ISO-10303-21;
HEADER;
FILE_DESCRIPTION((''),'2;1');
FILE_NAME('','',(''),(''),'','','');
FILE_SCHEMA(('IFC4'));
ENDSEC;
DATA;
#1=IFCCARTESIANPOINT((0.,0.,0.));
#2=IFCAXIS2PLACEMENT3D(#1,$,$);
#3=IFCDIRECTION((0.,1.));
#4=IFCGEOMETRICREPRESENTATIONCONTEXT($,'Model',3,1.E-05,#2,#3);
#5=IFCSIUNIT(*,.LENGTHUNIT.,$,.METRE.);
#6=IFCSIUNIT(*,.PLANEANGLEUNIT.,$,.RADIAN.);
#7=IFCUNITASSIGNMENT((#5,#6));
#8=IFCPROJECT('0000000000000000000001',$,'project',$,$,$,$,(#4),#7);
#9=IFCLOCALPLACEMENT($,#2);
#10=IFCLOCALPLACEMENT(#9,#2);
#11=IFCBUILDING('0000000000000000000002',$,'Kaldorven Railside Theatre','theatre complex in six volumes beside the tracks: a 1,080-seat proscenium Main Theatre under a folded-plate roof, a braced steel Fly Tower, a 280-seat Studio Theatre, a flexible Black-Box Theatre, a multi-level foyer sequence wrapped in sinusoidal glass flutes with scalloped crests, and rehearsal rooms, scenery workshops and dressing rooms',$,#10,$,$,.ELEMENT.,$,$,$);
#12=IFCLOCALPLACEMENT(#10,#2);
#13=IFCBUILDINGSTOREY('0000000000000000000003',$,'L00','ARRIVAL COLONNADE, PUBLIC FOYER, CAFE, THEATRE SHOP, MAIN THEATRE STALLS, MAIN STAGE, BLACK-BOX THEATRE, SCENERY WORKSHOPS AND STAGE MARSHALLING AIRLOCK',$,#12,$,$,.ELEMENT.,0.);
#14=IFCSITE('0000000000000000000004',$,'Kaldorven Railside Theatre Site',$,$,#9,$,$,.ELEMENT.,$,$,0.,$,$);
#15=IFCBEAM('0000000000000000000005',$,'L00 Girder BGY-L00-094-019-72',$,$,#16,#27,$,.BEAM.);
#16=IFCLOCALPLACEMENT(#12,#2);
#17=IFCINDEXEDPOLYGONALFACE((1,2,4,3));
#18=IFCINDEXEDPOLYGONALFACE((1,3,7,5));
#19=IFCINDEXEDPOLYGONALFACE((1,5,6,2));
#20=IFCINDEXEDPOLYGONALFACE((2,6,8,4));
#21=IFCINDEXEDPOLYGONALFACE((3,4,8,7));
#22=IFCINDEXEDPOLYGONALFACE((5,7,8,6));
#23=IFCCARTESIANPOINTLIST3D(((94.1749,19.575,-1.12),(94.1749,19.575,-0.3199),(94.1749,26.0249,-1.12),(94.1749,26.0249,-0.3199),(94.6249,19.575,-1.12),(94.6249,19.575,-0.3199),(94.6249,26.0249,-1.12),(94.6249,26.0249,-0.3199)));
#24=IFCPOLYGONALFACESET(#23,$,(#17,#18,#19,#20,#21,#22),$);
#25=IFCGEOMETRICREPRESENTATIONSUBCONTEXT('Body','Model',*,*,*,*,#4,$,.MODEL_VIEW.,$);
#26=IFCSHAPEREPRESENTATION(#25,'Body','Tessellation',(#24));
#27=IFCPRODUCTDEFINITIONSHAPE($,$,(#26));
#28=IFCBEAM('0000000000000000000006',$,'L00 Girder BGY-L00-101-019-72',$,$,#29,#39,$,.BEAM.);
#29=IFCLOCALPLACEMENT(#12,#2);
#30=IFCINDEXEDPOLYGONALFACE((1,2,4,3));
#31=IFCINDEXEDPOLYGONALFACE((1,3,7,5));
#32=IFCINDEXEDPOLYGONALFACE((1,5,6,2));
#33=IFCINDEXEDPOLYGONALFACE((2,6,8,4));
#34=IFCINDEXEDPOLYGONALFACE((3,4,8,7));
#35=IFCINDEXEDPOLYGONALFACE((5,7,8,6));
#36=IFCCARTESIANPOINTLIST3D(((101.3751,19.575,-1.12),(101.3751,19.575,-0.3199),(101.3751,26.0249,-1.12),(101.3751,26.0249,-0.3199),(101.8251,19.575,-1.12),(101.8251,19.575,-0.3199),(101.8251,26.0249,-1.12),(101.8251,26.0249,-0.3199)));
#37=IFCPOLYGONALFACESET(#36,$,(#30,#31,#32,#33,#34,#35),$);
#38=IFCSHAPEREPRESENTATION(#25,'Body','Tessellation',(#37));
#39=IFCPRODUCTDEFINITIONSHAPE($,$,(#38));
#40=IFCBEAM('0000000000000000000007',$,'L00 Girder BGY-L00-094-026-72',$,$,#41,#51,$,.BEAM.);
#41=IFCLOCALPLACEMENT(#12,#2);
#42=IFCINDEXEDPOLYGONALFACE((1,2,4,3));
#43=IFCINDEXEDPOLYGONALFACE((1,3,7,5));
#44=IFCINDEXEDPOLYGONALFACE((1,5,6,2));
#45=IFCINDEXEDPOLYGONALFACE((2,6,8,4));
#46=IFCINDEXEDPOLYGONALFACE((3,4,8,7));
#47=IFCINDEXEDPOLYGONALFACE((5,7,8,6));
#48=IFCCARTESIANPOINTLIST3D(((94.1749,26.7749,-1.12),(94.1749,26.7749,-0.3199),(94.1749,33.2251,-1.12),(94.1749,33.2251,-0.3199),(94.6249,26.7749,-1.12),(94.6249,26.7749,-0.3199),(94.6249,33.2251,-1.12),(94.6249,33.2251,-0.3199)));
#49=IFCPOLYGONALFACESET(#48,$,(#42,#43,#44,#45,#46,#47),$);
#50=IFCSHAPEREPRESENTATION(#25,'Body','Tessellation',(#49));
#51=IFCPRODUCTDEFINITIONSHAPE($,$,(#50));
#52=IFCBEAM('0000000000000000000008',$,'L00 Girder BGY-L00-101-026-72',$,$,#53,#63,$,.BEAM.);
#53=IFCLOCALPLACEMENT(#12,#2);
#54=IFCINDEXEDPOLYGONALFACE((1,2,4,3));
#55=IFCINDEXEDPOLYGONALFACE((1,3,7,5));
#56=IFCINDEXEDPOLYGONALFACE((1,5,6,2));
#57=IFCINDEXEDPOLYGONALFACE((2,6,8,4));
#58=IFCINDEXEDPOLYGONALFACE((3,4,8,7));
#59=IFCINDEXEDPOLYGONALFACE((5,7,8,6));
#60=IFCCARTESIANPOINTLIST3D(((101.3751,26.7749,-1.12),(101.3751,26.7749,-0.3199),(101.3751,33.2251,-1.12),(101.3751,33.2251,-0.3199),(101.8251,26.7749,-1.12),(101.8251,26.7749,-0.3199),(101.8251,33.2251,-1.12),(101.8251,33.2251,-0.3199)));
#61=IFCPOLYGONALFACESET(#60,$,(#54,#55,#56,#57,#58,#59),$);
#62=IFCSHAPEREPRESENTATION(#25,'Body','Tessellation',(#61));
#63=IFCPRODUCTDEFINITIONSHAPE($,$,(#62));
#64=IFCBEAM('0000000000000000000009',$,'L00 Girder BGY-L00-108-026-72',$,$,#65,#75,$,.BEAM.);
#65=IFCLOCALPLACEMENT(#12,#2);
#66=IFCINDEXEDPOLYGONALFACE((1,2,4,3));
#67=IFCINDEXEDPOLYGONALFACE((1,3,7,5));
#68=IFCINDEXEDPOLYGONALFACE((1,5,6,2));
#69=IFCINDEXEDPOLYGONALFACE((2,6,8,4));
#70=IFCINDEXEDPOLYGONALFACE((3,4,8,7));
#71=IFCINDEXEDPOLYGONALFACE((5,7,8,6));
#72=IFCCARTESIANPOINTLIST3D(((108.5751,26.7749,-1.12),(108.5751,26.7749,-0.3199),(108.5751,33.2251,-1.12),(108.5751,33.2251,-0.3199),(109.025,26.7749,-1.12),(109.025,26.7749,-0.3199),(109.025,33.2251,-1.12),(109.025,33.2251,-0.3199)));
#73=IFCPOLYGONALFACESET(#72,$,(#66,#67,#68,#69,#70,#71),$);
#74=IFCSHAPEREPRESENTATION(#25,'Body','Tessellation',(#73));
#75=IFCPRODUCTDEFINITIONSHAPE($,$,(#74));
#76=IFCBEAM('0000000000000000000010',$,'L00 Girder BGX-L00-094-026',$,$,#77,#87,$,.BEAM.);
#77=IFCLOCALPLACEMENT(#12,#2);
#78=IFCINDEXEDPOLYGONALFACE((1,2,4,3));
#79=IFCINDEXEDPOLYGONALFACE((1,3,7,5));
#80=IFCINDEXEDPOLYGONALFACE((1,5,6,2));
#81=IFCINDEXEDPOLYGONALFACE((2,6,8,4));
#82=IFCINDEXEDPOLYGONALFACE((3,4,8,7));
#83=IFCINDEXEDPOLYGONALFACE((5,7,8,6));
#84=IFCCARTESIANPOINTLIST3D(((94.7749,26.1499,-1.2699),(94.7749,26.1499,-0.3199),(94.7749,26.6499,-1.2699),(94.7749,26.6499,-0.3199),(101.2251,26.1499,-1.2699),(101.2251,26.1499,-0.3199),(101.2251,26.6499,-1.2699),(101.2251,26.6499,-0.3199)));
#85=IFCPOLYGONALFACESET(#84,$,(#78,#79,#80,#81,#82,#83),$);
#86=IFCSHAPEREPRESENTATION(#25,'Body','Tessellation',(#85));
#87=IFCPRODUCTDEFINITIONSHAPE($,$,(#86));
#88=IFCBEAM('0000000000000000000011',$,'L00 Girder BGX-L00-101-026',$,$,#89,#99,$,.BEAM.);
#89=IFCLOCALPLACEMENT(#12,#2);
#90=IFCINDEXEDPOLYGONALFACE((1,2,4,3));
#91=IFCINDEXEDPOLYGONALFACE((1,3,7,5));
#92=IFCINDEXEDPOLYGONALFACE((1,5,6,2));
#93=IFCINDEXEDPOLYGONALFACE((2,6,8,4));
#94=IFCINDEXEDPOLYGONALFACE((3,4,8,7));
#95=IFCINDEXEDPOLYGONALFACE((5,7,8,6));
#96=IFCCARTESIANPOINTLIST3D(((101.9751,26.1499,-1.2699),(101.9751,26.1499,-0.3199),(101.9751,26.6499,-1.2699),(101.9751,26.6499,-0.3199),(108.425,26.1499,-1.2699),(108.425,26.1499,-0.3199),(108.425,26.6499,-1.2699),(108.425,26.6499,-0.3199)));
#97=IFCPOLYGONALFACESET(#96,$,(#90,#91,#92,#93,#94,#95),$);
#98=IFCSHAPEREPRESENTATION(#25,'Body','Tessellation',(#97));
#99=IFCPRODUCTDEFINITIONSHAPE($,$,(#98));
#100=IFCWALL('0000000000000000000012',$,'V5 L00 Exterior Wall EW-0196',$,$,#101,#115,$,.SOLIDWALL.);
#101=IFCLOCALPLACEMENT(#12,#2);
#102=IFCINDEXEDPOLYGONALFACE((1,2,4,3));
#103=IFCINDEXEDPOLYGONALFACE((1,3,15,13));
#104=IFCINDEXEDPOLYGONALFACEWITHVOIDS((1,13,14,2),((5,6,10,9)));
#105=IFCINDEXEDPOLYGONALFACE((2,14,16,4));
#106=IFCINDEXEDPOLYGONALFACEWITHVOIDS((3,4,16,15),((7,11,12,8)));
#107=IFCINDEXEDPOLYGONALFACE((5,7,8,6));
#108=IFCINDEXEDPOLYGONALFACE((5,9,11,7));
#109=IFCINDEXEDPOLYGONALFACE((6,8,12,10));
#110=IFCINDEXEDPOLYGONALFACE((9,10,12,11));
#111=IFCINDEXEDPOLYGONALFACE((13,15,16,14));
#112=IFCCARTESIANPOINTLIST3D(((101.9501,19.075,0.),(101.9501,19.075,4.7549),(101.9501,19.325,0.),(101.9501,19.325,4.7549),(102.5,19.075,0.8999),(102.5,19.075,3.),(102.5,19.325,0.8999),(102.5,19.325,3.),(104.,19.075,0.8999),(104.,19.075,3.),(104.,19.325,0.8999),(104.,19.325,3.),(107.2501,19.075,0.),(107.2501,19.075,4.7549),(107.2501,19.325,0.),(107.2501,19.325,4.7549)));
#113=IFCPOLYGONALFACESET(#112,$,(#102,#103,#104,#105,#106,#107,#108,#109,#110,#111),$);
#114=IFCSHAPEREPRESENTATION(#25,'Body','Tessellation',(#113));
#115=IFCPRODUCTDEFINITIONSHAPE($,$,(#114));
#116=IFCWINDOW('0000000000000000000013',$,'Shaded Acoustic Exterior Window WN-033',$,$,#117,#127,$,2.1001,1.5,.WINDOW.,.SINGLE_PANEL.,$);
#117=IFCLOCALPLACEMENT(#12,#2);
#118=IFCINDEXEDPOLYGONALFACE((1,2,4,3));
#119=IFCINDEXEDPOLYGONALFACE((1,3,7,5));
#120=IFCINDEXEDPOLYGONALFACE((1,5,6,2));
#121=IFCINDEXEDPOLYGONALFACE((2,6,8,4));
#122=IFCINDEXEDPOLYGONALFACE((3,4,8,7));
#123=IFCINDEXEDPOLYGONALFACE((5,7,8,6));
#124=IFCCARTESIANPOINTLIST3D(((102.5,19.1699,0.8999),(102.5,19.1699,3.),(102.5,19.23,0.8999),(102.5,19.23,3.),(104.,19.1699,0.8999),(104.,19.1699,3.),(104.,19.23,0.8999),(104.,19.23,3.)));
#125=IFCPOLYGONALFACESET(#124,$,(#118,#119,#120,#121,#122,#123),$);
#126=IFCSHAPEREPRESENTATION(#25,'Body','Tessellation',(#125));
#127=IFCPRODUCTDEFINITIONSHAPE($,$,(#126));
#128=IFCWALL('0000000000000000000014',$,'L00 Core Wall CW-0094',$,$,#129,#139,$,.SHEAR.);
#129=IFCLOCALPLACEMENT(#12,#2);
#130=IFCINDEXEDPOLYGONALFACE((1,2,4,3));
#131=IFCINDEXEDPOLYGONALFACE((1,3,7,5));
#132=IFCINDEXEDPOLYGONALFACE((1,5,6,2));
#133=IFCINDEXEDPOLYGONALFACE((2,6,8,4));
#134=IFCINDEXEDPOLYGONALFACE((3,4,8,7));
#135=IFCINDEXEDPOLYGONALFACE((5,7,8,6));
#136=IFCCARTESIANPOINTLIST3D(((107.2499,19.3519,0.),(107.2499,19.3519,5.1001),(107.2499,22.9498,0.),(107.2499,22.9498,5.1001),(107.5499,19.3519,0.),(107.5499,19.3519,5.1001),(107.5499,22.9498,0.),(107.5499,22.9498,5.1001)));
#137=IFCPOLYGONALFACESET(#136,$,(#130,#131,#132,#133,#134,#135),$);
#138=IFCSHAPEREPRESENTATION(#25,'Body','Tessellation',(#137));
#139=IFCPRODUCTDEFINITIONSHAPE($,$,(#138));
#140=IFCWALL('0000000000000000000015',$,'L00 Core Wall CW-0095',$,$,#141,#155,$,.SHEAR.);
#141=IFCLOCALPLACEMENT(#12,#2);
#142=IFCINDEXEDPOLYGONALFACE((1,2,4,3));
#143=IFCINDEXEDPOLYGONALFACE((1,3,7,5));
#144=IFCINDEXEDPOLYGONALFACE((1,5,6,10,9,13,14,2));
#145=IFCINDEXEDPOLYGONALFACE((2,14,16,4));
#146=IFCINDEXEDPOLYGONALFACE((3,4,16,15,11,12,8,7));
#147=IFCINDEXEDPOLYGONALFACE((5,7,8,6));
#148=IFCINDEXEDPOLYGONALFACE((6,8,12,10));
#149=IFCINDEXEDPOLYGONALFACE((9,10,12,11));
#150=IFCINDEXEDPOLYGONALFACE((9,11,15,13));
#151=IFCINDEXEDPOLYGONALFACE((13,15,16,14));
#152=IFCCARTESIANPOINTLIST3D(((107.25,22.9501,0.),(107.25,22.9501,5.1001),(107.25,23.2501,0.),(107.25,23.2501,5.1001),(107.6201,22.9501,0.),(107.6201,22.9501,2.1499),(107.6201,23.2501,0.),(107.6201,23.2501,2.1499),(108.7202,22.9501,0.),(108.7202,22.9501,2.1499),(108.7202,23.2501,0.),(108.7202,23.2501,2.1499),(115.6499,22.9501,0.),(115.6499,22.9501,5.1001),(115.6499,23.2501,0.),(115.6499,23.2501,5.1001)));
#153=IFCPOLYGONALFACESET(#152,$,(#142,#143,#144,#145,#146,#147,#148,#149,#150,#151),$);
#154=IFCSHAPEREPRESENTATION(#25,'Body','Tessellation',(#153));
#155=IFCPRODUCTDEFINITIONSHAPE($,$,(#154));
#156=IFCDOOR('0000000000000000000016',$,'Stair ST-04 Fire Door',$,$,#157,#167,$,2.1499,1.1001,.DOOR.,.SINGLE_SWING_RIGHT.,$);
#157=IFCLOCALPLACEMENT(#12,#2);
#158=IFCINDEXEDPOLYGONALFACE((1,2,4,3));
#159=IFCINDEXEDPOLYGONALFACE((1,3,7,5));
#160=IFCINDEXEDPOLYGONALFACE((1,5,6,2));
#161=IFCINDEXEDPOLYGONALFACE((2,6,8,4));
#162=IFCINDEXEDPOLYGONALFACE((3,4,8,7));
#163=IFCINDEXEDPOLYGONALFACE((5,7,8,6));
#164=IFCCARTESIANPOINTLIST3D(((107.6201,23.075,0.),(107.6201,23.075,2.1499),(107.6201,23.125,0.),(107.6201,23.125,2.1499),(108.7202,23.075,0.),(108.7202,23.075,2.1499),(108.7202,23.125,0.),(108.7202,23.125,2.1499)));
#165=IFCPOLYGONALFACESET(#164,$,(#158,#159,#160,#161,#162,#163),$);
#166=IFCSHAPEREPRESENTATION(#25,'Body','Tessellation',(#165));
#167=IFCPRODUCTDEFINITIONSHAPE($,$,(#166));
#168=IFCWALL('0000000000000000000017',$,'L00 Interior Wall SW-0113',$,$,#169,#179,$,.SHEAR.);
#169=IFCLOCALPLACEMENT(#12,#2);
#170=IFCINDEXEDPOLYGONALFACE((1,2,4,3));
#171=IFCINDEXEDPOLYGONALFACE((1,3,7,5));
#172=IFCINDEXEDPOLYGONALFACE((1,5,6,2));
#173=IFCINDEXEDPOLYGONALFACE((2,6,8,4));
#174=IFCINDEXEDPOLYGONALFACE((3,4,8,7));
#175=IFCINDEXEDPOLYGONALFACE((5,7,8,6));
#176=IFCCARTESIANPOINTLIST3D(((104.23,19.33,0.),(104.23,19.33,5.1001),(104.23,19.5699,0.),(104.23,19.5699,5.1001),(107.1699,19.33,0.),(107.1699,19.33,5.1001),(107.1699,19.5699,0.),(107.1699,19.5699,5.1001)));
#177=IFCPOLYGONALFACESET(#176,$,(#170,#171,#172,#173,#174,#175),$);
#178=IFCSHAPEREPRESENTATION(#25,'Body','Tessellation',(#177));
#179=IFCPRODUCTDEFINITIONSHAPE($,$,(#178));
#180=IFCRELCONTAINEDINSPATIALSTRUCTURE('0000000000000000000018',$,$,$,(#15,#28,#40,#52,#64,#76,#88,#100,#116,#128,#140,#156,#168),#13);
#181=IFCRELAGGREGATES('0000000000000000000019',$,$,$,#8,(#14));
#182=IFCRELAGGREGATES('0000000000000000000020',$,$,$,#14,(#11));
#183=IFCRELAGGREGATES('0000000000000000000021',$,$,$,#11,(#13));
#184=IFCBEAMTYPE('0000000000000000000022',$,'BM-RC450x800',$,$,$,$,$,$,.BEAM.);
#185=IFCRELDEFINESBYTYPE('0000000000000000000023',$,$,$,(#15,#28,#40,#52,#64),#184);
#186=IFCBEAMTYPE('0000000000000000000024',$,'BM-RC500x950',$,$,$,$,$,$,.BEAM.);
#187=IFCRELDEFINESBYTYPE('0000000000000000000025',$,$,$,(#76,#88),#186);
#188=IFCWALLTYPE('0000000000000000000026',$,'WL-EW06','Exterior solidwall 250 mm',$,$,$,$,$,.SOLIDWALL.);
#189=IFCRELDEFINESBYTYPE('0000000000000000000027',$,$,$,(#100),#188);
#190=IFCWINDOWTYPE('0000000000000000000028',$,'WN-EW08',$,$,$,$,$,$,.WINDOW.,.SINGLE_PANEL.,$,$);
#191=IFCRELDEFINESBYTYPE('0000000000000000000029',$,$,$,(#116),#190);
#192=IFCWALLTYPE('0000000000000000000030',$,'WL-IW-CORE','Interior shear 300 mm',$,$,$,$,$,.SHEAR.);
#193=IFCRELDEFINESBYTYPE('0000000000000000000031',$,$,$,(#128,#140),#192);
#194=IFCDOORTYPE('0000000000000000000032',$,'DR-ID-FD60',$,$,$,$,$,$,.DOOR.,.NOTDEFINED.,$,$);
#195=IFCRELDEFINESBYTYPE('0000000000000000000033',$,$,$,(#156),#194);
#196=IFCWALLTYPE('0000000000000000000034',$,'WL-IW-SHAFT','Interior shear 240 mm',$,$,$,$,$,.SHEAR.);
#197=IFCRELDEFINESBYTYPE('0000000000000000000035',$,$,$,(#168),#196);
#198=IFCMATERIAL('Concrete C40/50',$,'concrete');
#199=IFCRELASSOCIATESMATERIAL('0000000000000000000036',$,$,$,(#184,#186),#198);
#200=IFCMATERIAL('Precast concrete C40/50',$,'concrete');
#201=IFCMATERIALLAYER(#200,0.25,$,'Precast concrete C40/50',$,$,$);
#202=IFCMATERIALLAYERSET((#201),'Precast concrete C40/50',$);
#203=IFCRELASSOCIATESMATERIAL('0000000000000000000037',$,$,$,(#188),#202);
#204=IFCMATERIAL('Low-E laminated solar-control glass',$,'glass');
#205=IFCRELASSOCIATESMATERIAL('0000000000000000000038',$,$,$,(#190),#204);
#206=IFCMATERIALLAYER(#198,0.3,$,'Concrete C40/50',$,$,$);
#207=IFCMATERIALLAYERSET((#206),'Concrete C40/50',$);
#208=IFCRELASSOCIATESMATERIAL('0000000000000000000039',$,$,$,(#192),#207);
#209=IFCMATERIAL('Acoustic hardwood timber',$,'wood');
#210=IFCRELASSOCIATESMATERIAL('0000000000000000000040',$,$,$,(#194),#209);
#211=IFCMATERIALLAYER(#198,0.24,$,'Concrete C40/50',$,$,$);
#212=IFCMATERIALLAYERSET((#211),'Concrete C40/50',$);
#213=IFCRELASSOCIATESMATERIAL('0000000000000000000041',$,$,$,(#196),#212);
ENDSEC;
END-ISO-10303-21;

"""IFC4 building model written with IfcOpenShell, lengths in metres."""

from ifc_helpers import new_model, si_unit, direction, frame, frame_2d, origin, origin_2d, place, context, subcontext, project, spatial, rectangle, extrude, material, layer, layer_set, material_profile, profile_set, type_object, element, fill, save


model = new_model("IFC4")

# Units and contexts
model_context = context("Model", 3, precision=1e-05, world=origin(), true_north=direction((0.0, 1.0)))
body_context = subcontext(model_context, "Body", "Model", "MODEL_VIEW")
ifc_project = project(units=[si_unit("LENGTHUNIT", "METRE"), si_unit("PLANEANGLEUNIT", "RADIAN")], contexts=[model_context])

# Site, building, storey
site_placement = place(None, origin())
site = spatial("IfcSite", under=ifc_project, at=site_placement, Name="Kaldorven Railside Theatre Site", CompositionType="ELEMENT", RefElevation=0.0)
building_placement = place(site_placement, origin())
building = spatial("IfcBuilding", under=site, at=building_placement, Name="Kaldorven Railside Theatre", Description="theatre complex in six volumes beside the tracks: a 1,080-seat proscenium Main Theatre under a folded-plate roof, a braced steel Fly Tower, a 280-seat Studio Theatre, a flexible Black-Box Theatre, a multi-level foyer sequence wrapped in sinusoidal glass flutes with scalloped crests, and rehearsal rooms, scenery workshops and dressing rooms", CompositionType="ELEMENT")
storey_placement = place(building_placement, origin())
storey = spatial("IfcBuildingStorey", under=building, at=storey_placement, Name="L00", Description="ARRIVAL COLONNADE, PUBLIC FOYER, CAFE, THEATRE SHOP, MAIN THEATRE STALLS, MAIN STAGE, BLACK-BOX THEATRE, SCENERY WORKSHOPS AND STAGE MARSHALLING AIRLOCK", CompositionType="ELEMENT", Elevation=0.0)

# Shared definitions
ifc_material_1 = material(Name="Concrete C40/50", Category="concrete")

# Beams
ifc_material_profile_1 = material_profile(ifc_material_1, rectangle(XDim=0.45, YDim=0.8, at=origin_2d()), Name="RC 450x800")
ifc_profile_set_1 = profile_set([ifc_material_profile_1], Name="Concrete C40/50")
beam_type_1 = type_object("IfcBeamType", Name="BM-RC450x800", PredefinedType="BEAM", material=ifc_profile_set_1)
for number, where, z_axis, x_axis, name in (
    (1, (94.3999, 19.575, -0.72), (0.0, 1.0, 0.0), (-1.0, 0.0, 0.0), "L00 Girder BGY-L00-094-019-72"),
    (2, (101.6001, 19.575, -0.72), (0.0, 1.0, 0.0), (-1.0, 0.0, 0.0), "L00 Girder BGY-L00-101-019-72"),
):
    element("IfcBeam", number, at=place(storey_placement, frame(where, z_axis=z_axis, x_axis=x_axis)), inside=storey, type_object=beam_type_1, Name=name, PredefinedType="BEAM", context=body_context, shape_type="SweptSolid", body=[
        extrude(rectangle(XDim=0.45, YDim=0.8, at=origin_2d()), origin(), (0.0, 0.0, 1.0), 6.45),
    ])
for number, where, z_axis, x_axis, name in (
    (3, (94.3999, 26.7749, -0.72), (0.0, 1.0, 0.0), (-1.0, 0.0, 0.0), "L00 Girder BGY-L00-094-026-72"),
    (4, (101.6001, 26.7749, -0.72), (0.0, 1.0, 0.0), (-1.0, 0.0, 0.0), "L00 Girder BGY-L00-101-026-72"),
    (5, (108.8, 26.7749, -0.72), (0.0, 1.0, 0.0), (-1.0, 0.0, 0.0), "L00 Girder BGY-L00-108-026-72"),
):
    element("IfcBeam", number, at=place(storey_placement, frame(where, z_axis=z_axis, x_axis=x_axis)), inside=storey, type_object=beam_type_1, Name=name, PredefinedType="BEAM", context=body_context, shape_type="SweptSolid", body=[
        extrude(rectangle(XDim=0.45, YDim=0.8, at=origin_2d()), origin(), (0.0, 0.0, 1.0), 6.4502),
    ])
ifc_material_profile_2 = material_profile(ifc_material_1, rectangle(XDim=0.5, YDim=0.95, at=origin_2d()), Name="RC 500x950")
ifc_profile_set_2 = profile_set([ifc_material_profile_2], Name="Concrete C40/50")
beam_type_2 = type_object("IfcBeamType", Name="BM-RC500x950", PredefinedType="BEAM", material=ifc_profile_set_2)
beam_1_placement = place(storey_placement, frame((94.7749, 26.3999, -0.7949), z_axis=(1.0, 0.0, 0.0), x_axis=(0.0, 1.0, 0.0)))
element("IfcBeam", 6, at=beam_1_placement, inside=storey, type_object=beam_type_2, Name="L00 Girder BGX-L00-094-026", PredefinedType="BEAM", context=body_context, shape_type="SweptSolid", body=[
    extrude(rectangle(XDim=0.5, YDim=0.95, at=origin_2d()), origin(), (0.0, 0.0, 1.0), 6.4502),
])
beam_2_placement = place(storey_placement, frame((101.9751, 26.3999, -0.7949), z_axis=(1.0, 0.0, 0.0), x_axis=(0.0, 1.0, 0.0)))
element("IfcBeam", 7, at=beam_2_placement, inside=storey, type_object=beam_type_2, Name="L00 Girder BGX-L00-101-026", PredefinedType="BEAM", context=body_context, shape_type="SweptSolid", body=[
    extrude(rectangle(XDim=0.5, YDim=0.95, at=origin_2d()), origin(), (0.0, 0.0, 1.0), 6.45),
])

# Wall, opening, window
ifc_material_2 = material(Name="Precast concrete C40/50", Category="concrete")
ifc_layer_1 = layer(ifc_material_2, 0.25, Name="Precast concrete C40/50")
ifc_layer_set_1 = layer_set([ifc_layer_1], Name="Precast concrete C40/50")
wall_type_1 = type_object("IfcWallType", Name="WL-EW06", Description="Exterior solidwall 250 mm", PredefinedType="SOLIDWALL", material=ifc_layer_set_1)
wall_1_placement = place(storey_placement, frame((107.25, 19.2, 0.0), z_axis=(0.0, 0.0, 1.0), x_axis=(-1.0, 0.0, 0.0)))
wall_1 = element("IfcWall", 8, at=wall_1_placement, inside=storey, type_object=wall_type_1, Name="V5 L00 Exterior Wall EW-0196", PredefinedType="SOLIDWALL", context=body_context, shape_type="SweptSolid", body=[
    extrude(rectangle(XDim=5.3, YDim=0.25, at=frame_2d((2.6499, 0.0))), origin(), (0.0, 0.0, 1.0), 4.7549),
])
opening_1_placement = place(wall_1_placement, frame((3.25, 0.0, 0.8999)))
opening_1 = element("IfcOpeningElement", 9, at=opening_1_placement, cuts=wall_1, PredefinedType="OPENING", context=body_context, shape_type="SweptSolid", body=[
    extrude(rectangle(XDim=1.5, YDim=2.1001, at=frame_2d((0.75, 1.05))), frame((0.0, 0.135, 0.0), z_axis=(0.0, -1.0, 0.0), x_axis=(1.0, 0.0, 0.0)), (0.0, 0.0, 1.0), 0.27),
])
ifc_material_3 = material(Name="Low-E laminated solar-control glass", Category="glass")
window_type = type_object("IfcWindowType", Name="WN-EW08", PartitioningType="SINGLE_PANEL", PredefinedType="WINDOW", material=ifc_material_3)
window_placement = place(opening_1_placement, origin())
window = element("IfcWindow", 10, at=window_placement, inside=storey, type_object=window_type, Name="Shaded Acoustic Exterior Window WN-033", OverallHeight=2.1001, OverallWidth=1.5, PartitioningType="SINGLE_PANEL", PredefinedType="WINDOW", context=body_context, shape_type="SweptSolid", body=[
    extrude(rectangle(XDim=1.5, YDim=2.1001, at=frame_2d((0.75, 1.05))), frame((0.0, 0.03, 0.0), z_axis=(0.0, -1.0, 0.0), x_axis=(1.0, 0.0, 0.0)), (0.0, 0.0, 1.0), 0.0601),
])
fill(opening_1, window)

# Wall
ifc_layer_2 = layer(ifc_material_1, 0.3, Name="Concrete C40/50")
ifc_layer_set_2 = layer_set([ifc_layer_2], Name="Concrete C40/50")
wall_type_2 = type_object("IfcWallType", Name="WL-IW-CORE", Description="Interior shear 300 mm", PredefinedType="SHEAR", material=ifc_layer_set_2)
wall_2_placement = place(storey_placement, frame((107.3999, 19.3521, 0.0), z_axis=(0.0, 0.0, 1.0), x_axis=(0.0, 1.0, 0.0)))
element("IfcWall", 11, at=wall_2_placement, inside=storey, type_object=wall_type_2, Name="L00 Core Wall CW-0094", PredefinedType="SHEAR", context=body_context, shape_type="SweptSolid", body=[
    extrude(rectangle(XDim=3.5979, YDim=0.3, at=frame_2d((1.7988, 0.0))), origin(), (0.0, 0.0, 1.0), 5.1001),
])

# Wall, opening, door
wall_3_placement = place(storey_placement, frame((107.25, 23.1001, 0.0), z_axis=(0.0, 0.0, 1.0), x_axis=(1.0, 0.0, 0.0)))
wall_3 = element("IfcWall", 12, at=wall_3_placement, inside=storey, type_object=wall_type_2, Name="L00 Core Wall CW-0095", PredefinedType="SHEAR", context=body_context, shape_type="SweptSolid", body=[
    extrude(rectangle(XDim=8.3999, YDim=0.3, at=frame_2d((4.2, 0.0))), origin(), (0.0, 0.0, 1.0), 5.1001),
])
opening_2_placement = place(wall_3_placement, frame((0.3701, 0.0, 0.0)))
opening_2 = element("IfcOpeningElement", 13, at=opening_2_placement, cuts=wall_3, PredefinedType="OPENING", context=body_context, shape_type="SweptSolid", body=[
    extrude(rectangle(XDim=1.1001, YDim=2.1499, at=frame_2d((0.55, 1.075))), frame((0.0, 0.1602, 0.0), z_axis=(0.0, -1.0, 0.0), x_axis=(1.0, 0.0, 0.0)), (0.0, 0.0, 1.0), 0.3201),
])
ifc_material_4 = material(Name="Acoustic hardwood timber", Category="wood")
door_type_1 = type_object("IfcDoorType", Name="DR-ID-FD60", OperationType="NOTDEFINED", PredefinedType="DOOR", material=ifc_material_4)
door_1_placement = place(opening_2_placement, origin())
door_1 = element("IfcDoor", 14, at=door_1_placement, inside=storey, type_object=door_type_1, Name="Stair ST-04 Fire Door", OperationType="SINGLE_SWING_RIGHT", OverallHeight=2.1499, OverallWidth=1.1001, PredefinedType="DOOR", context=body_context, shape_type="SweptSolid", body=[
    extrude(rectangle(XDim=1.1001, YDim=2.1499, at=frame_2d((0.55, 1.075))), frame((0.0, 0.0249, 0.0), z_axis=(0.0, -1.0, 0.0), x_axis=(1.0, 0.0, 0.0)), (0.0, 0.0, 1.0), 0.05),
])
fill(opening_2, door_1)

# Wall
ifc_layer_3 = layer(ifc_material_1, 0.24, Name="Concrete C40/50")
ifc_layer_set_3 = layer_set([ifc_layer_3], Name="Concrete C40/50")
wall_type_3 = type_object("IfcWallType", Name="WL-IW-SHAFT", Description="Interior shear 240 mm", PredefinedType="SHEAR", material=ifc_layer_set_3)
wall_4_placement = place(storey_placement, frame((107.1699, 19.45, 0.0), z_axis=(0.0, 0.0, 1.0), x_axis=(-1.0, 0.0, 0.0)))
element("IfcWall", 15, at=wall_4_placement, inside=storey, type_object=wall_type_3, Name="L00 Interior Wall SW-0113", PredefinedType="SHEAR", context=body_context, shape_type="SweptSolid", body=[
    extrude(rectangle(XDim=2.9399, YDim=0.24, at=frame_2d((1.47, 0.0))), origin(), (0.0, 0.0, 1.0), 5.1001),
])

save(model, "model.ifc")
